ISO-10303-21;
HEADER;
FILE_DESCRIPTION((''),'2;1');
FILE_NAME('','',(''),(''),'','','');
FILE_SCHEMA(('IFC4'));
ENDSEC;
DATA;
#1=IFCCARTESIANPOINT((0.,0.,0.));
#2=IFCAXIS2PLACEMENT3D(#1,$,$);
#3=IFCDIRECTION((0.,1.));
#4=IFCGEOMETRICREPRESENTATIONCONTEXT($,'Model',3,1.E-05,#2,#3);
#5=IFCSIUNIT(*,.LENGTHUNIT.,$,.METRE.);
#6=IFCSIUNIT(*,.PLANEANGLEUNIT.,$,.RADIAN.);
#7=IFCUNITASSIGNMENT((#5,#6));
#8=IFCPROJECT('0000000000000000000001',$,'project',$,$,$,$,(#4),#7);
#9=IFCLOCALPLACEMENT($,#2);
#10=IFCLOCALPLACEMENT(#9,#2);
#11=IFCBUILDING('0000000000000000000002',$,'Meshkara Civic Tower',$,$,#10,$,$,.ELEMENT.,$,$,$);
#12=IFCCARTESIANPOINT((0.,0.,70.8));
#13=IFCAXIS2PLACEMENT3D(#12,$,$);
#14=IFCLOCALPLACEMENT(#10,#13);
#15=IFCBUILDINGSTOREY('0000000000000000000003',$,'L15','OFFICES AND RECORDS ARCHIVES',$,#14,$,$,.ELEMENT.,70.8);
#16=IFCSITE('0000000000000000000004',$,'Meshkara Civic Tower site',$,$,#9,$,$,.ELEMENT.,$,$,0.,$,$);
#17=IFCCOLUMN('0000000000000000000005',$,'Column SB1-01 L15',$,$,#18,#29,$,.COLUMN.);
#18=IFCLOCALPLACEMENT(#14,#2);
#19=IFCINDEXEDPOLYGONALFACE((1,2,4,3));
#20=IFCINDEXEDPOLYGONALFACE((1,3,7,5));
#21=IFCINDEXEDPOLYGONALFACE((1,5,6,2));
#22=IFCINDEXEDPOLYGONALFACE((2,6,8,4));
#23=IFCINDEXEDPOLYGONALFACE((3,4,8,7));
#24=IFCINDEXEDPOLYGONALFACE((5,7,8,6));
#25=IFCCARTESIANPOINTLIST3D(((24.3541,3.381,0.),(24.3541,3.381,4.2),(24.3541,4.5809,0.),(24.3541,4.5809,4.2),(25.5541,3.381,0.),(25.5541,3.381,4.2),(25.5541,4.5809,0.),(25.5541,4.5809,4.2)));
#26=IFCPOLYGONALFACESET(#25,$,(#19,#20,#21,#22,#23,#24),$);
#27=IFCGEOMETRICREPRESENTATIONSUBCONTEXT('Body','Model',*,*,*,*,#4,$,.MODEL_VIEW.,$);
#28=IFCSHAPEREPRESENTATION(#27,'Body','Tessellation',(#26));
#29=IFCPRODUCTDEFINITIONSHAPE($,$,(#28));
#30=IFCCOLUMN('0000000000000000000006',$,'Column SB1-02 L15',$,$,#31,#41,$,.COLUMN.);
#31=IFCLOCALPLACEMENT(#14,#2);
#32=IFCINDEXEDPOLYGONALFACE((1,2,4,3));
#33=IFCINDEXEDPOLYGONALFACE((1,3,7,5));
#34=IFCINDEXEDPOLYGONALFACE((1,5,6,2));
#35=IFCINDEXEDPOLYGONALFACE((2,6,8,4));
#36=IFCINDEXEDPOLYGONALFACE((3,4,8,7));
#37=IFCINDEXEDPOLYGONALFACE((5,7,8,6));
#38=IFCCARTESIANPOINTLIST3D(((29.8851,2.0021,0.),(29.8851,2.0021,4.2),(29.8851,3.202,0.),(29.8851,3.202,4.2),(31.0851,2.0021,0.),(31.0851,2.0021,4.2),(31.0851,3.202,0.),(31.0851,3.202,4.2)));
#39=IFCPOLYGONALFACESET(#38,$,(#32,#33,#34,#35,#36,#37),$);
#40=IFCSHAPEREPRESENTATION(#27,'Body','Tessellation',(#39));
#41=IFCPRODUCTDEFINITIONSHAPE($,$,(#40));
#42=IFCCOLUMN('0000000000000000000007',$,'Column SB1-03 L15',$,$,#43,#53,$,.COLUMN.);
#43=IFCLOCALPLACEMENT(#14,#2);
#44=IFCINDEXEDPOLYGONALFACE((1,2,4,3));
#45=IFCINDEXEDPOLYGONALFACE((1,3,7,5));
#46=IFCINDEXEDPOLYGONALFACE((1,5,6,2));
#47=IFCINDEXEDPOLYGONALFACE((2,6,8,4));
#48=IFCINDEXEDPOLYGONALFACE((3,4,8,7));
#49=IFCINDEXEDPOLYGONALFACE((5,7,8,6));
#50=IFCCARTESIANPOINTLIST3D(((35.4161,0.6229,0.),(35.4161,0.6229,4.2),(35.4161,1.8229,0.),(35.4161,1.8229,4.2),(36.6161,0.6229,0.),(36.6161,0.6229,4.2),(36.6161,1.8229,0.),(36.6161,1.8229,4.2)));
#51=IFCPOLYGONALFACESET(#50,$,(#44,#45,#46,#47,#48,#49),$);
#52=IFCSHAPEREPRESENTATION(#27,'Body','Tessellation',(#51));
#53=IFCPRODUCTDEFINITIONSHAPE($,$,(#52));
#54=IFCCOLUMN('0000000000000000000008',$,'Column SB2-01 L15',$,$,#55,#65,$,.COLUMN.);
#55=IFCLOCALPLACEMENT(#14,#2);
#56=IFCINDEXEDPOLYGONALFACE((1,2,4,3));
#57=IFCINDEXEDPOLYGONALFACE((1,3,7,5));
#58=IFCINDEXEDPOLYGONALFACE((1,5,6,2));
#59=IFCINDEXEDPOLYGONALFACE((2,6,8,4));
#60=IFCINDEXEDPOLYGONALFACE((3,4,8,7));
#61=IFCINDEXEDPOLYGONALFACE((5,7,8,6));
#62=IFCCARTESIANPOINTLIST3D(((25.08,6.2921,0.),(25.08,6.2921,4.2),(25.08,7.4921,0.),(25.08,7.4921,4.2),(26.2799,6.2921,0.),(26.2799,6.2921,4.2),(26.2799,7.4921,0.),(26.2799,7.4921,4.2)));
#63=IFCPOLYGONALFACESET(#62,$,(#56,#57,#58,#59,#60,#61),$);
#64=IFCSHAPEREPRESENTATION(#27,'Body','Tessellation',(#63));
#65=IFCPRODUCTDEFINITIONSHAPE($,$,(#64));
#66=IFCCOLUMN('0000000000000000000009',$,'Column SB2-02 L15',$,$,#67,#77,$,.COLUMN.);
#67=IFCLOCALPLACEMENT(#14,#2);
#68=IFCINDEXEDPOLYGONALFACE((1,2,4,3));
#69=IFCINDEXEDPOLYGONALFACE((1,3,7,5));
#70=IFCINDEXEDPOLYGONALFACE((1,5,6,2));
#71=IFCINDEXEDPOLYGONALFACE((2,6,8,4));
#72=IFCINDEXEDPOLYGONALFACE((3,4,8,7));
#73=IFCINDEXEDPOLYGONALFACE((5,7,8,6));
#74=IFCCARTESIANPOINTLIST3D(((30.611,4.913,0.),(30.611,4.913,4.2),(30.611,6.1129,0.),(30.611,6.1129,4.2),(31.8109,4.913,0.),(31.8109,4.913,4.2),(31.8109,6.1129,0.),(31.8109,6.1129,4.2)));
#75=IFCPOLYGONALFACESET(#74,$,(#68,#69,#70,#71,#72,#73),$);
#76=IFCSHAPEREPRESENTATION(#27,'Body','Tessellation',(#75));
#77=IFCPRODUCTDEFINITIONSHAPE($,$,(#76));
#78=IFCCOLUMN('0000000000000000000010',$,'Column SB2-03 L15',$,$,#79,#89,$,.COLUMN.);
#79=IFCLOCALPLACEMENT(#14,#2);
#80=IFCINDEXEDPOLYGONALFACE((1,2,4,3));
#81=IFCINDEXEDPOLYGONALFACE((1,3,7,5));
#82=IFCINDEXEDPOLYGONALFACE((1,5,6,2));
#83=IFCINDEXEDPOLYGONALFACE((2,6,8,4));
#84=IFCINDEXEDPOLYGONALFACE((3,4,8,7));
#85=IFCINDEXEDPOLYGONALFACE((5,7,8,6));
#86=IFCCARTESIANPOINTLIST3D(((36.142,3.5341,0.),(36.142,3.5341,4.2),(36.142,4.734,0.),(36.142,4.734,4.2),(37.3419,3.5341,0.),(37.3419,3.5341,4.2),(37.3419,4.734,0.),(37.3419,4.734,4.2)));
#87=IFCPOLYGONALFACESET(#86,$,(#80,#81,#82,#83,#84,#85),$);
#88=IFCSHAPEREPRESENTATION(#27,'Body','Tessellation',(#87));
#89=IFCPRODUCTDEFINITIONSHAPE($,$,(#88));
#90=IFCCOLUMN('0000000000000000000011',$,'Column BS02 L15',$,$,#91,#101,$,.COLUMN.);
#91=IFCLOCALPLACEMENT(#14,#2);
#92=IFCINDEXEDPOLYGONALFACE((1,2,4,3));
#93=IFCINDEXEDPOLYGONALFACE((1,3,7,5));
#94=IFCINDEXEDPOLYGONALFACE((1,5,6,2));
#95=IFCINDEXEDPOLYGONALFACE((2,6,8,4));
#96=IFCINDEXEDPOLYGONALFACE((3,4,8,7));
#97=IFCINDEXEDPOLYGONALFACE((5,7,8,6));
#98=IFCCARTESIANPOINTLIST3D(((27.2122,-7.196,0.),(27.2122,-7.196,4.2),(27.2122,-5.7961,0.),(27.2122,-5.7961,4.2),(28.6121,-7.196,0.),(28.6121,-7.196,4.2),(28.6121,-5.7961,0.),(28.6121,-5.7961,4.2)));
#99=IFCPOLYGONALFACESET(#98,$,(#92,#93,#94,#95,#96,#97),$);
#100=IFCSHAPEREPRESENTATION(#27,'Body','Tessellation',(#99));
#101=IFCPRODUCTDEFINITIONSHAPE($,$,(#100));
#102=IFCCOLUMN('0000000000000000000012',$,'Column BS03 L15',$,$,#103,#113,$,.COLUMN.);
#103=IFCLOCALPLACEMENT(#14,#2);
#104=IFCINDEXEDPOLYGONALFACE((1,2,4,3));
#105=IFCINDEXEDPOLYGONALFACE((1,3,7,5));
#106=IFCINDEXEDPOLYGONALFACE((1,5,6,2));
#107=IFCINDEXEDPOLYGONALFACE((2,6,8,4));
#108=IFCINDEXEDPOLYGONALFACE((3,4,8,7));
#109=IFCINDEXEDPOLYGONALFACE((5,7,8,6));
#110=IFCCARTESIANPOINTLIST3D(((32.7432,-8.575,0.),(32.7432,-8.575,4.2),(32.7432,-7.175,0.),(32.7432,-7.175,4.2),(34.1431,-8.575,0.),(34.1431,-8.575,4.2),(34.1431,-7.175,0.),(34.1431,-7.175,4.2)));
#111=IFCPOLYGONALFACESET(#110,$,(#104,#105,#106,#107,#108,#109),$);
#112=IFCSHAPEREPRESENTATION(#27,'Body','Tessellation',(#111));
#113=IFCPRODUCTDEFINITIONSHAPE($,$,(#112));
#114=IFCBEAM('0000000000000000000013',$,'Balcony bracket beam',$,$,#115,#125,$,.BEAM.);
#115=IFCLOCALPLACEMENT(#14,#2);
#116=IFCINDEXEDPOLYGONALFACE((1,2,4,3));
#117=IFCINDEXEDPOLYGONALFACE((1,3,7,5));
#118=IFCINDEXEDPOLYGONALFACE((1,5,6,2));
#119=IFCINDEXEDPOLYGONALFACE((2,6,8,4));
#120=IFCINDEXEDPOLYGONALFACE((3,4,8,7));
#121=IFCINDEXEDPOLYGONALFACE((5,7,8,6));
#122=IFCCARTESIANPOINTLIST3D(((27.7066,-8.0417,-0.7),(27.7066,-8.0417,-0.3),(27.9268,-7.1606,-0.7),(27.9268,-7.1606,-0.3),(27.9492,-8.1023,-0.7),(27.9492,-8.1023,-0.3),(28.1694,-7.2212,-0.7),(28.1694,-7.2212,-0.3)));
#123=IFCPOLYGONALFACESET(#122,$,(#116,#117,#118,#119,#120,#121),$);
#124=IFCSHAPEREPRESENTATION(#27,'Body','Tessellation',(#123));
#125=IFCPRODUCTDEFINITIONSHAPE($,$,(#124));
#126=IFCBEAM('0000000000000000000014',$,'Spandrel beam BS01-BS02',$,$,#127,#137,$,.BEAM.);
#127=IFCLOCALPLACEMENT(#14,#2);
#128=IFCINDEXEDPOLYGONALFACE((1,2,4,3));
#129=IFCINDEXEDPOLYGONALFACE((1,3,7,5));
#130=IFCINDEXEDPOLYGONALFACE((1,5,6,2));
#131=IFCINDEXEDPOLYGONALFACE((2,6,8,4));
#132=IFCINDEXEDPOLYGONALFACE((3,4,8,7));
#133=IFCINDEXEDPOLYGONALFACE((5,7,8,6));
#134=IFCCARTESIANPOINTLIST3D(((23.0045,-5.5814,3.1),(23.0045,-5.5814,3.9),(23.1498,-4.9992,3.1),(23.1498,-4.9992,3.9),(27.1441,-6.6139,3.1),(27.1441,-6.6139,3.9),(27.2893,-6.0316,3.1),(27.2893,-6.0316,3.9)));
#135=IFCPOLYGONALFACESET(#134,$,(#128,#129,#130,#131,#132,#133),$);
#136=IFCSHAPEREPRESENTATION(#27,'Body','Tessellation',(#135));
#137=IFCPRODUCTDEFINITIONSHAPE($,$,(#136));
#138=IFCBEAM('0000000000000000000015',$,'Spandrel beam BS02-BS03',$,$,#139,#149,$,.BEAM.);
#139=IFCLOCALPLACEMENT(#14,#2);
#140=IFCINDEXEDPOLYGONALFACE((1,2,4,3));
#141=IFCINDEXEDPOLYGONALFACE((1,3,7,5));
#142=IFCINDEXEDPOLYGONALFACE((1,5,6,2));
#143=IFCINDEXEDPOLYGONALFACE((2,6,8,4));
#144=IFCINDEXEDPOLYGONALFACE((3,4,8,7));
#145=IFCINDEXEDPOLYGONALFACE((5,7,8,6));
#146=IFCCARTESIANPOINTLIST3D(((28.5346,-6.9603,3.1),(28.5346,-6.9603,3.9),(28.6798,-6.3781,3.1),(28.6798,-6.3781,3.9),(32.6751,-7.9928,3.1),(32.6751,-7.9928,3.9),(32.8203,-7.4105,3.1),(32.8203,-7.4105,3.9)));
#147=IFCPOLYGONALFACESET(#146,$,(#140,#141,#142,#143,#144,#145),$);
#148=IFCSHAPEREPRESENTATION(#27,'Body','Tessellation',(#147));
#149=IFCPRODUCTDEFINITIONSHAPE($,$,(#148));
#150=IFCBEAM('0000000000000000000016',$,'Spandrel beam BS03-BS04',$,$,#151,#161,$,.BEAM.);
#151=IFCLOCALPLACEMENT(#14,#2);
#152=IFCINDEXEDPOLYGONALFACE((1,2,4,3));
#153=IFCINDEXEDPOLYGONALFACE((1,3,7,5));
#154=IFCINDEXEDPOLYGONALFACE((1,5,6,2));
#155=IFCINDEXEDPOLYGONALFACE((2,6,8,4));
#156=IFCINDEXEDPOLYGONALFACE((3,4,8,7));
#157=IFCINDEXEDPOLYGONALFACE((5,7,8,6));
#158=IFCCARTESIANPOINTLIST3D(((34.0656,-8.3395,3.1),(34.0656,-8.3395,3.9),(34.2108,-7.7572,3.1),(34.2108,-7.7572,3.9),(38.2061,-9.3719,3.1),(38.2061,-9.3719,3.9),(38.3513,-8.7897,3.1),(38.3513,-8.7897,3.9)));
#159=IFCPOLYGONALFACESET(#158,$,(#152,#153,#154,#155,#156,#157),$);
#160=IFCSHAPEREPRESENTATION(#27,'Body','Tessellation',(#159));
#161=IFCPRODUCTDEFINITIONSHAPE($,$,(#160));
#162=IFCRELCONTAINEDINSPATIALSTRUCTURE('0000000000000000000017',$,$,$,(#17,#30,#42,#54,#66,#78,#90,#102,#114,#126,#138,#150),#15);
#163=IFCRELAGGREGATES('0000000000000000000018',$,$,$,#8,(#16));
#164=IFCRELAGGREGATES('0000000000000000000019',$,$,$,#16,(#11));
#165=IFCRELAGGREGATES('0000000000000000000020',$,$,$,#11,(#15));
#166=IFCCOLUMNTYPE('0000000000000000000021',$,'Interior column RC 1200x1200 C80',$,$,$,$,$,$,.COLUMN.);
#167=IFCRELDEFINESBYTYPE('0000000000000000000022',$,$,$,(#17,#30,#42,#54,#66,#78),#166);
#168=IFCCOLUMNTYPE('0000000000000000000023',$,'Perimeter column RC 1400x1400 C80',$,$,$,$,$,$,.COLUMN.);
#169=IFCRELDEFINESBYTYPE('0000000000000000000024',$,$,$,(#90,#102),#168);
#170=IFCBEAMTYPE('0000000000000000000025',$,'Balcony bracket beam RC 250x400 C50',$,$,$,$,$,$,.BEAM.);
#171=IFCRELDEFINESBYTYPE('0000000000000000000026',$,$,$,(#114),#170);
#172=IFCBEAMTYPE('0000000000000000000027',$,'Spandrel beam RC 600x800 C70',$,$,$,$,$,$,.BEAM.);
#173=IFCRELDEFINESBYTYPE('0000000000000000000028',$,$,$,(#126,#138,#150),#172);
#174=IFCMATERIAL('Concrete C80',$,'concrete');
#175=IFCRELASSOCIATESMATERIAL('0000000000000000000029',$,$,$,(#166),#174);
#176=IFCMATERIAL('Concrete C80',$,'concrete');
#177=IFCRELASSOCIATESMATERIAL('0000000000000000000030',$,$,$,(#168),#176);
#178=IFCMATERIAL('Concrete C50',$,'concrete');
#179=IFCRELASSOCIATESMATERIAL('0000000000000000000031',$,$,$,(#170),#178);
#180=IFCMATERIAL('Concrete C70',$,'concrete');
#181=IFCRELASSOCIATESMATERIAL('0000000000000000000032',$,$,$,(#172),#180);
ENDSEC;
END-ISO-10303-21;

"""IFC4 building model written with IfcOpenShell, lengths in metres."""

from ifc_helpers import new_model, si_unit, direction, frame, origin, origin_2d, place, context, subcontext, project, spatial, rectangle, extrude, material, material_profile, profile_set, type_object, element, save


model = new_model("IFC4")

# Units and contexts
model_context = context("Model", 3, precision=1e-05, world=origin(), true_north=direction((0.0, 1.0)))
body_context = subcontext(model_context, "Body", "Model", "MODEL_VIEW")
ifc_project = project(units=[si_unit("LENGTHUNIT", "METRE"), si_unit("PLANEANGLEUNIT", "RADIAN")], contexts=[model_context])

# Site, building, storey
site_placement = place(None, origin())
site = spatial("IfcSite", under=ifc_project, at=site_placement, Name="Meshkara Civic Tower site", CompositionType="ELEMENT", RefElevation=0.0)
building_placement = place(site_placement, origin())
building = spatial("IfcBuilding", under=site, at=building_placement, Name="Meshkara Civic Tower", CompositionType="ELEMENT")
storey_placement = place(building_placement, frame((0.0, 0.0, 70.8)))
storey = spatial("IfcBuildingStorey", under=building, at=storey_placement, Name="L15", Description="OFFICES AND RECORDS ARCHIVES", CompositionType="ELEMENT", Elevation=70.8)

# Columns
ifc_material_1 = material(Name="Concrete C80", Category="concrete")
ifc_material_profile_1 = material_profile(ifc_material_1, rectangle(XDim=1.2, YDim=1.2, at=origin_2d()))
ifc_profile_set_1 = profile_set([ifc_material_profile_1], Name="Concrete C80")
column_type_1 = type_object("IfcColumnType", Name="Interior column RC 1200x1200 C80", PredefinedType="COLUMN", material=ifc_profile_set_1)
for number, where, z_axis, x_axis, name in (
    (1, (24.9541, 3.981, 0.0), (0.0, 0.0, 1.0), (1.0, 0.0, 0.0), "Column SB1-01 L15"),
    (2, (30.4851, 2.6021, 0.0), (0.0, 0.0, 1.0), (1.0, 0.0, 0.0), "Column SB1-02 L15"),
    (3, (36.0161, 1.2229, 0.0), (0.0, 0.0, 1.0), (1.0, 0.0, 0.0), "Column SB1-03 L15"),
    (4, (25.6799, 6.8921, 0.0), (0.0, 0.0, 1.0), (1.0, 0.0, 0.0), "Column SB2-01 L15"),
    (5, (31.2109, 5.5129, 0.0), (0.0, 0.0, 1.0), (1.0, 0.0, 0.0), "Column SB2-02 L15"),
    (6, (36.7419, 4.134, 0.0), (0.0, 0.0, 1.0), (1.0, 0.0, 0.0), "Column SB2-03 L15"),
):
    element("IfcColumn", number, at=place(storey_placement, frame(where, z_axis=z_axis, x_axis=x_axis)), inside=storey, type_object=column_type_1, Name=name, PredefinedType="COLUMN", context=body_context, shape_type="SweptSolid", body=[
        extrude(rectangle(XDim=1.2, YDim=1.2, at=origin_2d()), origin(), (0.0, 0.0, 1.0), 4.2),
    ])
ifc_material_2 = material(Name="Concrete C80", Category="concrete")
ifc_material_profile_2 = material_profile(ifc_material_2, rectangle(XDim=1.3999, YDim=1.3999, at=origin_2d()))
ifc_profile_set_2 = profile_set([ifc_material_profile_2], Name="Concrete C80")
column_type_2 = type_object("IfcColumnType", Name="Perimeter column RC 1400x1400 C80", PredefinedType="COLUMN", material=ifc_profile_set_2)
for number, where, z_axis, x_axis, name in (
    (7, (27.9121, -6.4961, 0.0), (0.0, 0.0, 1.0), (1.0, 0.0, 0.0), "Column BS02 L15"),
    (8, (33.4431, -7.875, 0.0), (0.0, 0.0, 1.0), (1.0, 0.0, 0.0), "Column BS03 L15"),
):
    element("IfcColumn", number, at=place(storey_placement, frame(where, z_axis=z_axis, x_axis=x_axis)), inside=storey, type_object=column_type_2, Name=name, PredefinedType="COLUMN", context=body_context, shape_type="SweptSolid", body=[
        extrude(rectangle(XDim=1.3999, YDim=1.3999, at=origin_2d()), origin(), (0.0, 0.0, 1.0), 4.2),
    ])

# Beams
ifc_material_3 = material(Name="Concrete C50", Category="concrete")
ifc_material_profile_3 = material_profile(ifc_material_3, rectangle(XDim=0.25, YDim=0.3999, at=origin_2d()))
ifc_profile_set_3 = profile_set([ifc_material_profile_3], Name="Concrete C50")
beam_type_1 = type_object("IfcBeamType", Name="Balcony bracket beam RC 250x400 C50", PredefinedType="BEAM", material=ifc_profile_set_3)
beam_1_placement = place(storey_placement, frame((28.0481, -7.1909, -0.5), z_axis=(-0.242472, -0.970158, 0.0), x_axis=(0.970158, -0.242472, 0.0)))
element("IfcBeam", 9, at=beam_1_placement, inside=storey, type_object=beam_type_1, Name="Balcony bracket beam", PredefinedType="BEAM", context=body_context, shape_type="SweptSolid", body=[
    extrude(rectangle(XDim=0.25, YDim=0.3999, at=origin_2d()), origin(), (0.0, 0.0, 1.0), 0.9082),
])
ifc_material_4 = material(Name="Concrete C70", Category="concrete")
ifc_material_profile_4 = material_profile(ifc_material_4, rectangle(XDim=0.6001, YDim=0.8, at=origin_2d()))
ifc_profile_set_4 = profile_set([ifc_material_profile_4], Name="Concrete C70")
beam_type_2 = type_object("IfcBeamType", Name="Spandrel beam RC 600x800 C70", PredefinedType="BEAM", material=ifc_profile_set_4)
beam_2_placement = place(storey_placement, frame((23.0771, -5.2903, 3.5), z_axis=(0.970277, -0.241997, 0.0), x_axis=(0.241997, 0.970277, 0.0)))
element("IfcBeam", 10, at=beam_2_placement, inside=storey, type_object=beam_type_2, Name="Spandrel beam BS01-BS02", PredefinedType="BEAM", context=body_context, shape_type="SweptSolid", body=[
    extrude(rectangle(XDim=0.6001, YDim=0.8, at=origin_2d()), origin(), (0.0, 0.0, 1.0), 4.2664),
])
for number, where, z_axis, x_axis, name in (
    (11, (28.6072, -6.6692, 3.5), (0.97029, -0.241943, 0.0), (0.241943, 0.97029, 0.0), "Spandrel beam BS02-BS03"),
    (12, (34.1382, -8.0483, 3.5), (0.97029, -0.241943, 0.0), (0.241943, 0.97029, 0.0), "Spandrel beam BS03-BS04"),
):
    element("IfcBeam", number, at=place(storey_placement, frame(where, z_axis=z_axis, x_axis=x_axis)), inside=storey, type_object=beam_type_2, Name=name, PredefinedType="BEAM", context=body_context, shape_type="SweptSolid", body=[
        extrude(rectangle(XDim=0.6001, YDim=0.8, at=origin_2d()), origin(), (0.0, 0.0, 1.0), 4.2673),
    ])

save(model, "model.ifc")
